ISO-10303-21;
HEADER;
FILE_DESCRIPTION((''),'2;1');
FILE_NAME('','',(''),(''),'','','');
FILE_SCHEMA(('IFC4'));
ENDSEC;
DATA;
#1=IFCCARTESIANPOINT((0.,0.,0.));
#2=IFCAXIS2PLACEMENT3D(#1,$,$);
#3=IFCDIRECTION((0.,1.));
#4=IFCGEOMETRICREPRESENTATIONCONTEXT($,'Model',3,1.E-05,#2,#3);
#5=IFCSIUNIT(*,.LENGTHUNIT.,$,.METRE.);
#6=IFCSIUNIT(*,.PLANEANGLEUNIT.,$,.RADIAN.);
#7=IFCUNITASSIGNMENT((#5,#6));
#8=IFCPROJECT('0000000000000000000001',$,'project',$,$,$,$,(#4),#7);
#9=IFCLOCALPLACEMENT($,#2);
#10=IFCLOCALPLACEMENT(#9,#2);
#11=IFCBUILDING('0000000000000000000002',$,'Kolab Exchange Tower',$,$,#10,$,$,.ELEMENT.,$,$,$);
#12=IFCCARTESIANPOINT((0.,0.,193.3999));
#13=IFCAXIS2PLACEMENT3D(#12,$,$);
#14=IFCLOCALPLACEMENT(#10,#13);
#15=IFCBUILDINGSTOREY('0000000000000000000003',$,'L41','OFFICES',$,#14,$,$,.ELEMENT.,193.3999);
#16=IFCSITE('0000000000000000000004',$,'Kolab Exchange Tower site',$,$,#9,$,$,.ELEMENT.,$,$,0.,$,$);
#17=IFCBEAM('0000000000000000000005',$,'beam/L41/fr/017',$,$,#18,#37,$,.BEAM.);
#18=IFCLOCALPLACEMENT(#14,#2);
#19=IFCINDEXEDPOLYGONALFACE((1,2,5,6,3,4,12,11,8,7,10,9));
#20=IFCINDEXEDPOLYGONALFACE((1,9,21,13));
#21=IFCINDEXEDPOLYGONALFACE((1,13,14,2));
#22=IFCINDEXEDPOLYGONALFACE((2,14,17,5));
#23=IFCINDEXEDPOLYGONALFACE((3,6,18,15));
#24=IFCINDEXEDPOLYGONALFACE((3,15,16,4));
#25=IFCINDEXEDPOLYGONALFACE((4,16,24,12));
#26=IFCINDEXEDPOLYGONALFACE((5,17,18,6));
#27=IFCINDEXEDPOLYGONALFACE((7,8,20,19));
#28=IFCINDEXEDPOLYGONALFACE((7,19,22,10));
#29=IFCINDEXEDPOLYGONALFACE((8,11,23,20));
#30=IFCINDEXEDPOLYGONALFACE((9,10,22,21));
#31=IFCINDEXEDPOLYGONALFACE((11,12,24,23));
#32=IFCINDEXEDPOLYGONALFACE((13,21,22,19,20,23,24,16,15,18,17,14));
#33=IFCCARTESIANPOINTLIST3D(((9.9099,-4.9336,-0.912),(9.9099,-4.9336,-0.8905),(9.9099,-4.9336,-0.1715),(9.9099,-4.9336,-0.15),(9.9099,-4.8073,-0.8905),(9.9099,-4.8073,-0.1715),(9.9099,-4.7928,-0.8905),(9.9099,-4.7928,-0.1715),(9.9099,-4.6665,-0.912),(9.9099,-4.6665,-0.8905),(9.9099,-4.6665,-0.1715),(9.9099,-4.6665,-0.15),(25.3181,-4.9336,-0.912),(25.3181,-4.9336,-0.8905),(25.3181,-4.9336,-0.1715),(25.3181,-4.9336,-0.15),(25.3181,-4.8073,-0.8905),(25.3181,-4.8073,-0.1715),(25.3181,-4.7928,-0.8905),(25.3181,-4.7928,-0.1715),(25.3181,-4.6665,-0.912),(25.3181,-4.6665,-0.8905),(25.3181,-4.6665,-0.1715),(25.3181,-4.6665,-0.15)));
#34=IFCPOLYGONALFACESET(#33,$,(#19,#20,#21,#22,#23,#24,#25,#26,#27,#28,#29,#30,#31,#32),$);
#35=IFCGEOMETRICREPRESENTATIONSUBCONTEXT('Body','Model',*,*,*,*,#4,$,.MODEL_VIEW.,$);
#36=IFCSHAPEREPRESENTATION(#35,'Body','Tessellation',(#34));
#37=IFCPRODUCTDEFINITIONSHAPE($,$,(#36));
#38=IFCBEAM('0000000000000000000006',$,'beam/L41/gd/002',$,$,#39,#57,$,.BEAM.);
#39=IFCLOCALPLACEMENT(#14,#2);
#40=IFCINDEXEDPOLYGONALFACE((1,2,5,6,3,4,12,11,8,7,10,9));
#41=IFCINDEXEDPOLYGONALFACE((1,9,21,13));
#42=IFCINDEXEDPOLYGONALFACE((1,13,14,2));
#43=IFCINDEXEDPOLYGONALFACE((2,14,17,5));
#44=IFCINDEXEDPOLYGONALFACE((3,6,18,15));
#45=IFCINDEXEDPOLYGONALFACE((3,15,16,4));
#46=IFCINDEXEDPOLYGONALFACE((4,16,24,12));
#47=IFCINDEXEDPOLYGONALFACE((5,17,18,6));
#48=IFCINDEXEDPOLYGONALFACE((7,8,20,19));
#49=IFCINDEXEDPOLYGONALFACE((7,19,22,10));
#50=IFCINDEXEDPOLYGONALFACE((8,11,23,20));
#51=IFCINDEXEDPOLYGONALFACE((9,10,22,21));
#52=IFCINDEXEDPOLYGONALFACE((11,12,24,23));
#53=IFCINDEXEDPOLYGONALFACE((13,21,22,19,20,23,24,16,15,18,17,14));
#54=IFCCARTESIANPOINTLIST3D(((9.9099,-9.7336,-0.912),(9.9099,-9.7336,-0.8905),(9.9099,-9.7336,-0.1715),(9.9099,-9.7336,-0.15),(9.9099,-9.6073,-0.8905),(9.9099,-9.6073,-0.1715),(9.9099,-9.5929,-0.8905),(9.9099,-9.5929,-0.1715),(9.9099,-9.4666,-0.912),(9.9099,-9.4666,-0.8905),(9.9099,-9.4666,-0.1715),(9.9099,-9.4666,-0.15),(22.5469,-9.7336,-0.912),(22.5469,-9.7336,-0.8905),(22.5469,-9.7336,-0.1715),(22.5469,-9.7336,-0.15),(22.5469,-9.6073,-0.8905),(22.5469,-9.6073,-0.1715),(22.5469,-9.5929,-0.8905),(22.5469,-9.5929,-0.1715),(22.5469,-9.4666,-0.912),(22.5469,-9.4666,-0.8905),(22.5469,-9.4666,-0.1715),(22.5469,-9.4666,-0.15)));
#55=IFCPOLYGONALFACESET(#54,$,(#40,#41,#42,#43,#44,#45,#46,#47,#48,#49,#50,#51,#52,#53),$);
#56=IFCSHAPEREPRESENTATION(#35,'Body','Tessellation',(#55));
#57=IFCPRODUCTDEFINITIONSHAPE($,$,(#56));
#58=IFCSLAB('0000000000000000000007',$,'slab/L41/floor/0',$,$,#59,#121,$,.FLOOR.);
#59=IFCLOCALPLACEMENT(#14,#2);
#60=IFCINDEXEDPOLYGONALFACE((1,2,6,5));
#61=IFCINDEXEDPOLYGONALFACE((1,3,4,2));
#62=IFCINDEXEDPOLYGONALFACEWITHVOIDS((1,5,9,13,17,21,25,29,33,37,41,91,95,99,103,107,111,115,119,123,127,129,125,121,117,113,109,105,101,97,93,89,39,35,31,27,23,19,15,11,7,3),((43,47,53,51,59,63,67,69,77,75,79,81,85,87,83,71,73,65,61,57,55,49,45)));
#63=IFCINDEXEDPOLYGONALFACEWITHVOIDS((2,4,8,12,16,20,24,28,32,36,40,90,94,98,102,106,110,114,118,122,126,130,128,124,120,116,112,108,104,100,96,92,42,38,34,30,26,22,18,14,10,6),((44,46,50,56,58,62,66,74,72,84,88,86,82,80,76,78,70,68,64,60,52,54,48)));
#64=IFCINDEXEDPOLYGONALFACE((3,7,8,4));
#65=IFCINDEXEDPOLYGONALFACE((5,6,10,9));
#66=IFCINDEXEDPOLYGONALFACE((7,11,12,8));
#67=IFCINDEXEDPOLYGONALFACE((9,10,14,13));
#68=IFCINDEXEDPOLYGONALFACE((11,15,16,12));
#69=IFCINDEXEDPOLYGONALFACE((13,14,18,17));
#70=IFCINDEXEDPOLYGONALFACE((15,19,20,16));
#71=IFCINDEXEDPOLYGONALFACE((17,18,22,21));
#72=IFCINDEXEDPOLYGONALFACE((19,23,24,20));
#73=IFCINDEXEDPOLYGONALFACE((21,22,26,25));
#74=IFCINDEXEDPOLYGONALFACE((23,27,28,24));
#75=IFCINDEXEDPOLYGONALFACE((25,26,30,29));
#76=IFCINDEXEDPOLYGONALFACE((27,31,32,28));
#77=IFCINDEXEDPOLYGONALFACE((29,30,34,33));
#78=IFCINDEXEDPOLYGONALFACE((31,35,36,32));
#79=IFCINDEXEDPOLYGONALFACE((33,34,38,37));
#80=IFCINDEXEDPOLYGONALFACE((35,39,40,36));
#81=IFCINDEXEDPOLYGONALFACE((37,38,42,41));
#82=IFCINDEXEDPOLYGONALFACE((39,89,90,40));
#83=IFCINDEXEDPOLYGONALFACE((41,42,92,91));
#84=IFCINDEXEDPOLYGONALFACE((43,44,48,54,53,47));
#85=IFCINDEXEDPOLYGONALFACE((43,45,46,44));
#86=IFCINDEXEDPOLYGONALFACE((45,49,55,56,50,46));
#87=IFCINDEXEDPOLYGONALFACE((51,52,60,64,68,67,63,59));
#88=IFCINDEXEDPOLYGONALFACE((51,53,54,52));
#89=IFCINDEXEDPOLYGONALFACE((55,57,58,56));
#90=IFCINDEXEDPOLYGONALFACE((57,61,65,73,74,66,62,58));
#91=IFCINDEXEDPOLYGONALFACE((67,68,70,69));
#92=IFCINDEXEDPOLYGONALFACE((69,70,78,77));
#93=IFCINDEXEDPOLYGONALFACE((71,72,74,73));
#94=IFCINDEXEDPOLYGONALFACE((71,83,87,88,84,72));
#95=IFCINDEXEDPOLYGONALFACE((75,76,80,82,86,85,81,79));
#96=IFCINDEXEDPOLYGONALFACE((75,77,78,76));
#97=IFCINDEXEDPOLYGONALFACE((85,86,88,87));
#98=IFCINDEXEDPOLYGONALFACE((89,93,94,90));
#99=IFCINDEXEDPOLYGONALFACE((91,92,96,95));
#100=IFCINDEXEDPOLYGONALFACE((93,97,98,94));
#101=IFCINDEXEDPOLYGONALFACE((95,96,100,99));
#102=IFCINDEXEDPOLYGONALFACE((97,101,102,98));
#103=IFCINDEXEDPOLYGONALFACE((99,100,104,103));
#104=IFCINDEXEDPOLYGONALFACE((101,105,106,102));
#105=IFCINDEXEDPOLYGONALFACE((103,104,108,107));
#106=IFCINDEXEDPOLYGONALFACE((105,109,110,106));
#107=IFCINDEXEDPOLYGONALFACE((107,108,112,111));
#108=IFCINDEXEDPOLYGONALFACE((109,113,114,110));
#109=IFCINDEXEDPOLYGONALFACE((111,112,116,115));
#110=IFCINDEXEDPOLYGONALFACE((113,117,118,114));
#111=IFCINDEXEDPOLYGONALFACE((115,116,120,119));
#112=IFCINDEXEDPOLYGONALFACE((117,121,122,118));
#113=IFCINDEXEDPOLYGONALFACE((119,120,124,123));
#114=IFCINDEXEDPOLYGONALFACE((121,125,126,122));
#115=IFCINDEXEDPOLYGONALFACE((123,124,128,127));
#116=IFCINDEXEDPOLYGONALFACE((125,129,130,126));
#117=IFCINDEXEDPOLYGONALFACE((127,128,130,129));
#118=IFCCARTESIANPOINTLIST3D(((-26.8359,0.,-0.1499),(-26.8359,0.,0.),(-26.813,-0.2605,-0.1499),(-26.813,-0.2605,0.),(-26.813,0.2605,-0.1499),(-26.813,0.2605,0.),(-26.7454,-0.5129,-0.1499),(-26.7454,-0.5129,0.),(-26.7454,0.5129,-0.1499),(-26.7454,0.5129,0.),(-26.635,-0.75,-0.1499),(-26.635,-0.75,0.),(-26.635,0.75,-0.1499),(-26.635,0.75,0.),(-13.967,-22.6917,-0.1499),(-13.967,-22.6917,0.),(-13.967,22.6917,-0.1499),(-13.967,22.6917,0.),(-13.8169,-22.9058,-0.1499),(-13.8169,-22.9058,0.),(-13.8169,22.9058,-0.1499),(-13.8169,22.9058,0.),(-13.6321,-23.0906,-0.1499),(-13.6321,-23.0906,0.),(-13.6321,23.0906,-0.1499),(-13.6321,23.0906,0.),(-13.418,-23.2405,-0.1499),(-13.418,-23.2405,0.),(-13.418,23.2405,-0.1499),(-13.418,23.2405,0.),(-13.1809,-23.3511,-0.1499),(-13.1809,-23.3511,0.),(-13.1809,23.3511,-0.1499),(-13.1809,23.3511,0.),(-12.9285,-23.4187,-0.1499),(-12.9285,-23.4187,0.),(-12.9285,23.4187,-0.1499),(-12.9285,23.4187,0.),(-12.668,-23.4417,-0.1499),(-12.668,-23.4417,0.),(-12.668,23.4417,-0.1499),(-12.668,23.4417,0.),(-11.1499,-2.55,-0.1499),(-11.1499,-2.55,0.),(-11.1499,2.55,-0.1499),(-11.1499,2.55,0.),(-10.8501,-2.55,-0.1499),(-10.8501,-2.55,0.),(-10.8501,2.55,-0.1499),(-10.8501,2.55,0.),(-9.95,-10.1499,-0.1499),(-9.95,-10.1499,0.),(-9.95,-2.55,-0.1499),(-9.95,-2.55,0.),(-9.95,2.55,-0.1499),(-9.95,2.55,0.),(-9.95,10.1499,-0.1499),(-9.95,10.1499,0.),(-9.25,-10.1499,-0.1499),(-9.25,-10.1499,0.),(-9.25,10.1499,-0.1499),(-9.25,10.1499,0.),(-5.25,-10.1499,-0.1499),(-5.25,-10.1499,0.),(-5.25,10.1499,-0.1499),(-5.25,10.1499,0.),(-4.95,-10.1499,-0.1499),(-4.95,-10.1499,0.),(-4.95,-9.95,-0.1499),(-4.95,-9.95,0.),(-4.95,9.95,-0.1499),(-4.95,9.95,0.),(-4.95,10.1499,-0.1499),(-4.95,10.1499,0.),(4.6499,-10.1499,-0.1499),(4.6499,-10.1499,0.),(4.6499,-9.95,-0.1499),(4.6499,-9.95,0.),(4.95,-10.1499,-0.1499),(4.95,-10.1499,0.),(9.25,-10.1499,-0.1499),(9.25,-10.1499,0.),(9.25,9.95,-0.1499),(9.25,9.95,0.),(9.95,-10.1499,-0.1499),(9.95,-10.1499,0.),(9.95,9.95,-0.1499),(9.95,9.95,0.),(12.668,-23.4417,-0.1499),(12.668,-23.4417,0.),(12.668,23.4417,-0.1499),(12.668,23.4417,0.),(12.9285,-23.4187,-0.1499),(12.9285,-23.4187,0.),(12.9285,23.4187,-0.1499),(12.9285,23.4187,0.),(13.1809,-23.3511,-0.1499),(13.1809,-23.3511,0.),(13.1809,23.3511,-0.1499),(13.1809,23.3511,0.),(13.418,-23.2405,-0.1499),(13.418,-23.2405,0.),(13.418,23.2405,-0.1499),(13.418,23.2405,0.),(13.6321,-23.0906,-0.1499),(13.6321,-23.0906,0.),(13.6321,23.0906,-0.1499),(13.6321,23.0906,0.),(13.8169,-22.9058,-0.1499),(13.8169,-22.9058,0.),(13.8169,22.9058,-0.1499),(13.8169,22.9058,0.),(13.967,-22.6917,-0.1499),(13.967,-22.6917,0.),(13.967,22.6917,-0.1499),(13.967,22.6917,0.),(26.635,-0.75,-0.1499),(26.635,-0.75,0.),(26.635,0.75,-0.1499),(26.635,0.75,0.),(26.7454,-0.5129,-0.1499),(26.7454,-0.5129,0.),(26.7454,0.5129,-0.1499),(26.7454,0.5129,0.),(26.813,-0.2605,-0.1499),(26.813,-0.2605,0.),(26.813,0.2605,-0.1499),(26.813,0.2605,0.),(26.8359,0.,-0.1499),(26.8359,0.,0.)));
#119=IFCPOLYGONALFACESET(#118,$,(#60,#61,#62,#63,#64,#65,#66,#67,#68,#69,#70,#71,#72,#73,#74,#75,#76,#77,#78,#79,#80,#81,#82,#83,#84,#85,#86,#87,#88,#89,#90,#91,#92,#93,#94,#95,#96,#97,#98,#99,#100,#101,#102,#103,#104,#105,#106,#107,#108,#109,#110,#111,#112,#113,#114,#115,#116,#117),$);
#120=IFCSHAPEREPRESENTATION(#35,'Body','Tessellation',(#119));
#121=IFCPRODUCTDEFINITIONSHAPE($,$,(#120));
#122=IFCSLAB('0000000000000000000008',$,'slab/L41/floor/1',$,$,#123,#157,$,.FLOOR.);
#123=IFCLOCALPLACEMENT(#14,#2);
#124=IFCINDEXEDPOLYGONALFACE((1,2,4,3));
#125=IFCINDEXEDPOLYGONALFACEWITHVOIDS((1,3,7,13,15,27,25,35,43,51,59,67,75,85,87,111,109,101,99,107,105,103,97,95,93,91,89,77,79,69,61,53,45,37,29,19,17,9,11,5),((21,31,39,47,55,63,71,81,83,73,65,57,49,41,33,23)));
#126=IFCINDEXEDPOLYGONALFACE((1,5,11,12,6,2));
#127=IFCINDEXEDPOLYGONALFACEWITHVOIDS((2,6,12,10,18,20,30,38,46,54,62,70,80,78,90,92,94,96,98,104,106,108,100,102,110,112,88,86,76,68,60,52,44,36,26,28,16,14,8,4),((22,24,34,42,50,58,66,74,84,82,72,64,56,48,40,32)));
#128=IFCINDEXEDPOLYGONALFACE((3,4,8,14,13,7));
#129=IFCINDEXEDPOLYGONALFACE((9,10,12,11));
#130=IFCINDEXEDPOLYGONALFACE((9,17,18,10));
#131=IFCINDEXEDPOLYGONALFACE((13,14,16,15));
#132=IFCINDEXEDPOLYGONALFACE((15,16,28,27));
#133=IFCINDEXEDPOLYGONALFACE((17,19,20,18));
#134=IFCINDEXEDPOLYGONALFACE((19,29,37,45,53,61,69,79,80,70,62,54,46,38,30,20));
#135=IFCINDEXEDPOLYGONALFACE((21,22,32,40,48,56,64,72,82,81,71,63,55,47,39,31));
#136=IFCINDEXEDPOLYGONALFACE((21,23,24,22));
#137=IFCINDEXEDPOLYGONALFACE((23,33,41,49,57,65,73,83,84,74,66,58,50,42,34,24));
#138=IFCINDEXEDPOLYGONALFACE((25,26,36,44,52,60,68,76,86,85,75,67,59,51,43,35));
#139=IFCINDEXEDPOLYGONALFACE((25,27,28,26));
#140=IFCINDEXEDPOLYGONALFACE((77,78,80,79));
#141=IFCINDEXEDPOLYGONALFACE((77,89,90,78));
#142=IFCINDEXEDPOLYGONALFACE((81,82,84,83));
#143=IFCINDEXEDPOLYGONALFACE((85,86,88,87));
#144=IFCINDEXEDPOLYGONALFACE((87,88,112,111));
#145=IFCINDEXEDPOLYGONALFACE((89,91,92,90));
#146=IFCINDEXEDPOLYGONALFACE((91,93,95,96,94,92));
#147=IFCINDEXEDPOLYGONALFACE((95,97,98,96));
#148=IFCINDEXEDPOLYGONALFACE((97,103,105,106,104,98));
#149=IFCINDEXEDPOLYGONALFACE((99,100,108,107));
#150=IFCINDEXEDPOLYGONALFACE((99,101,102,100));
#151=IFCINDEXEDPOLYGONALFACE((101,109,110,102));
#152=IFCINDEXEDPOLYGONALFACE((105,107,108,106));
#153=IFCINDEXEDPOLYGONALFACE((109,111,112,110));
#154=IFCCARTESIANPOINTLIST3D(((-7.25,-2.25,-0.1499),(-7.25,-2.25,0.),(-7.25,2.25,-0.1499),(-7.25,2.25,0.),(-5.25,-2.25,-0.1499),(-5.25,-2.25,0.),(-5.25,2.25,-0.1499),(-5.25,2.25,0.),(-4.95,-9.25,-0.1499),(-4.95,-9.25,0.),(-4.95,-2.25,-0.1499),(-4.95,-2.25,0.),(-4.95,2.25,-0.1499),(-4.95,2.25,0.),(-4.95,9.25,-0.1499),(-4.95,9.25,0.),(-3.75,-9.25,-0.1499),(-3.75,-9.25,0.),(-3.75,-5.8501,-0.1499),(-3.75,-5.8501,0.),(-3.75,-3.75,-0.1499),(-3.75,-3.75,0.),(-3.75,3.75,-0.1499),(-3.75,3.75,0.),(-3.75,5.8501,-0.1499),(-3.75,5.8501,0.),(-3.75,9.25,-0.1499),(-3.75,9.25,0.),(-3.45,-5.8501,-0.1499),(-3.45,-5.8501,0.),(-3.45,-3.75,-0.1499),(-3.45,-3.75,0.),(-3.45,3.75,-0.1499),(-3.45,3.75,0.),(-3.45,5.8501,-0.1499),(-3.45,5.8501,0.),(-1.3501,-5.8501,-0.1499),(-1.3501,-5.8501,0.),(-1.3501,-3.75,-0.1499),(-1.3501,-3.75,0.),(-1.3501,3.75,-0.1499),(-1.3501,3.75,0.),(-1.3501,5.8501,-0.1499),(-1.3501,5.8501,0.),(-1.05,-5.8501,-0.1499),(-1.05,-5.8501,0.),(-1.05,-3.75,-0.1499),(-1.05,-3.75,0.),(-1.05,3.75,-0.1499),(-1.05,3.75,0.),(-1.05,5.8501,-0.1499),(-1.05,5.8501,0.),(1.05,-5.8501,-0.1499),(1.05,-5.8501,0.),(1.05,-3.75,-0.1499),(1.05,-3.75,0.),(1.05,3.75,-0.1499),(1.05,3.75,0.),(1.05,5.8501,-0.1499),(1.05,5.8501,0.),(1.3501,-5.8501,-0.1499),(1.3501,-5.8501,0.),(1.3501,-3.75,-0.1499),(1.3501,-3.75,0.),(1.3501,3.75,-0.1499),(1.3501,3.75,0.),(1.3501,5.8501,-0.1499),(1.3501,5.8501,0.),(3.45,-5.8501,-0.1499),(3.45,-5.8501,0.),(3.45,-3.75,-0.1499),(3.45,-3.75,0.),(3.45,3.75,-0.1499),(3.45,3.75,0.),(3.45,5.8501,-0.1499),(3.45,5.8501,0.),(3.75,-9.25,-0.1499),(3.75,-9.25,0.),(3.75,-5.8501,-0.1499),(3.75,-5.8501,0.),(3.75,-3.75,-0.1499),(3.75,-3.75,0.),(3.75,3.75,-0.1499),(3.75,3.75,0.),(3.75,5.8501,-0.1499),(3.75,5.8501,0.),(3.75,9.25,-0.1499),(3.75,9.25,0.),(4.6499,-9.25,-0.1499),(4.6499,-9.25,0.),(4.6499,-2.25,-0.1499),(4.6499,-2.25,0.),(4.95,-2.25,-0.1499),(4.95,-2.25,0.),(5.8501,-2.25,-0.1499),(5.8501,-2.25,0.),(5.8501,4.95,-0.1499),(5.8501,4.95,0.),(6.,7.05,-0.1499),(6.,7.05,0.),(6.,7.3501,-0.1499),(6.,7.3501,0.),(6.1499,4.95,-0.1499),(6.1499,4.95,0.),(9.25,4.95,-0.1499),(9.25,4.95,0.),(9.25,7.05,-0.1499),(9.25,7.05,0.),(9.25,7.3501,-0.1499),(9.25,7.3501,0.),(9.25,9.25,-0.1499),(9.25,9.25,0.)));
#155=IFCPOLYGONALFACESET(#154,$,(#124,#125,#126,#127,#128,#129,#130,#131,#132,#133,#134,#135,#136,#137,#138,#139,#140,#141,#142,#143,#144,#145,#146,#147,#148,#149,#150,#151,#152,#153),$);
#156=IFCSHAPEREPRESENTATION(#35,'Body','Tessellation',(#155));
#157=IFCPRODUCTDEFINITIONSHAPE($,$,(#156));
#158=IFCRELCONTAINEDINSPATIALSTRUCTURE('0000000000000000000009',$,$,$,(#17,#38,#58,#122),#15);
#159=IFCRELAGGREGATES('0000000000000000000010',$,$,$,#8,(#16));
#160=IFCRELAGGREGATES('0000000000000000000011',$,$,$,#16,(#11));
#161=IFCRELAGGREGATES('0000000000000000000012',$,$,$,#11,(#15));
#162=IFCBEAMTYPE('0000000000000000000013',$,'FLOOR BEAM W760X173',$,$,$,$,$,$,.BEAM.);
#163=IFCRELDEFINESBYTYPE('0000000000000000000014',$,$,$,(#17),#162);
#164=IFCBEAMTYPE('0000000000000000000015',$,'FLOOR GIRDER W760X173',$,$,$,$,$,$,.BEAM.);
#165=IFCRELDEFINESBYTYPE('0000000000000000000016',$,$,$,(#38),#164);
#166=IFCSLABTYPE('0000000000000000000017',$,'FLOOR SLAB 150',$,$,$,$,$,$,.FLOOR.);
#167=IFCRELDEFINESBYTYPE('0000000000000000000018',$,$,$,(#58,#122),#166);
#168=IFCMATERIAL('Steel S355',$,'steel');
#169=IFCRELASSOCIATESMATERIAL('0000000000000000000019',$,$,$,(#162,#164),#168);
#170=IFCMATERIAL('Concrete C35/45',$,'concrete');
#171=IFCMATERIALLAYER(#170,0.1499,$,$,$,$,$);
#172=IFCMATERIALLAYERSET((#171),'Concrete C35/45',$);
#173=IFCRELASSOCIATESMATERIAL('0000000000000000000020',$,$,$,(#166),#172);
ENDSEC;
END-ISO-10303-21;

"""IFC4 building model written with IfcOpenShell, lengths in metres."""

from ifc_helpers import new_model, si_unit, direction, frame, origin, origin_2d, place, context, subcontext, project, spatial, polyline, i_section, outline, extrude, material, layer, layer_set, material_profile, profile_set, type_object, element, save


model = new_model("IFC4")

# Units and contexts
model_context = context("Model", 3, precision=1e-05, world=origin(), true_north=direction((0.0, 1.0)))
body_context = subcontext(model_context, "Body", "Model", "MODEL_VIEW")
ifc_project = project(units=[si_unit("LENGTHUNIT", "METRE"), si_unit("PLANEANGLEUNIT", "RADIAN")], contexts=[model_context])

# Site, building, storey
site_placement = place(None, origin())
site = spatial("IfcSite", under=ifc_project, at=site_placement, Name="Kolab Exchange Tower site", CompositionType="ELEMENT", RefElevation=0.0)
building_placement = place(site_placement, origin())
building = spatial("IfcBuilding", under=site, at=building_placement, Name="Kolab Exchange Tower", CompositionType="ELEMENT")
storey_placement = place(building_placement, frame((0.0, 0.0, 193.3999)))
storey = spatial("IfcBuildingStorey", under=building, at=storey_placement, Name="L41", Description="OFFICES", CompositionType="ELEMENT", Elevation=193.3999)

# Beams
ifc_material_1 = material(Name="Steel S355", Category="steel")
ifc_material_profile_1 = material_profile(ifc_material_1, i_section(OverallWidth=0.2671, OverallDepth=0.762, WebThickness=0.0144, FlangeThickness=0.0215, at=origin_2d()), Name="W760X173")
ifc_profile_set_1 = profile_set([ifc_material_profile_1], Name="Steel S355")
beam_type_1 = type_object("IfcBeamType", Name="FLOOR BEAM W760X173", PredefinedType="BEAM", material=ifc_profile_set_1)
beam_1_placement = place(storey_placement, frame((9.9099, -4.8, -0.531), z_axis=(1.0, 0.0, 0.0), x_axis=(0.0, 1.0, 0.0)))
element("IfcBeam", 1, at=beam_1_placement, inside=storey, type_object=beam_type_1, Name="beam/L41/fr/017", PredefinedType="BEAM", context=body_context, shape_type="SweptSolid", body=[
    extrude(i_section(OverallWidth=0.2671, OverallDepth=0.762, WebThickness=0.0144, FlangeThickness=0.0215, at=origin_2d()), origin(), (0.0, 0.0, 1.0), 15.4082),
])
ifc_material_profile_2 = material_profile(ifc_material_1, i_section(OverallWidth=0.2671, OverallDepth=0.762, WebThickness=0.0144, FlangeThickness=0.0215, at=origin_2d()), Name="W760X173")
ifc_profile_set_2 = profile_set([ifc_material_profile_2], Name="Steel S355")
beam_type_2 = type_object("IfcBeamType", Name="FLOOR GIRDER W760X173", PredefinedType="BEAM", material=ifc_profile_set_2)
beam_2_placement = place(storey_placement, frame((9.9099, -9.6001, -0.531), z_axis=(1.0, 0.0, 0.0), x_axis=(0.0, 1.0, 0.0)))
element("IfcBeam", 2, at=beam_2_placement, inside=storey, type_object=beam_type_2, Name="beam/L41/gd/002", PredefinedType="BEAM", context=body_context, shape_type="SweptSolid", body=[
    extrude(i_section(OverallWidth=0.2671, OverallDepth=0.762, WebThickness=0.0144, FlangeThickness=0.0215, at=origin_2d()), origin(), (0.0, 0.0, 1.0), 12.637),
])

# Slabs
ifc_material_2 = material(Name="Concrete C35/45", Category="concrete")
ifc_layer_1 = layer(ifc_material_2, 0.1499)
ifc_layer_set_1 = layer_set([ifc_layer_1], Name="Concrete C35/45")
slab_type_1 = type_object("IfcSlabType", Name="FLOOR SLAB 150", PredefinedType="FLOOR", material=ifc_layer_set_1)
slab_1_placement = place(storey_placement, frame((0.0, 0.0, -0.1499)))
element("IfcSlab", 3, at=slab_1_placement, inside=storey, type_object=slab_type_1, Name="slab/L41/floor/0", PredefinedType="FLOOR", context=body_context, shape_type="SweptSolid", body=[
    extrude(outline(polyline([(13.967, -22.6917), (26.635, -0.75), (26.7454, -0.5129), (26.813, -0.2605), (26.8359, 0.0), (26.813, 0.2605), (26.7454, 0.5129), (26.635, 0.75), (13.967, 22.6917), (13.8169, 22.9058), (13.6321, 23.0906), (13.418, 23.2405), (13.1809, 23.3511), (12.9285, 23.4187), (12.668, 23.4417), (-12.668, 23.4417), (-12.9285, 23.4187), (-13.1809, 23.3511), (-13.418, 23.2405), (-13.6321, 23.0906), (-13.8169, 22.9058), (-13.967, 22.6917), (-26.635, 0.75), (-26.7454, 0.5129), (-26.813, 0.2605), (-26.8359, 0.0), (-26.813, -0.2605), (-26.7454, -0.5129), (-26.635, -0.75), (-13.967, -22.6917), (-13.8169, -22.9058), (-13.6321, -23.0906), (-13.418, -23.2405), (-13.1809, -23.3511), (-12.9285, -23.4187), (-12.668, -23.4417), (12.668, -23.4417), (12.9285, -23.4187), (13.1809, -23.3511), (13.418, -23.2405), (13.6321, -23.0906), (13.8169, -22.9058), (13.967, -22.6917)]), holes=[polyline([(-9.25, -10.1499), (-9.95, -10.1499), (-9.95, -2.55), (-10.8501, -2.55), (-11.1499, -2.55), (-11.1499, 2.55), (-10.8501, 2.55), (-9.95, 2.55), (-9.95, 10.1499), (-9.25, 10.1499), (-5.25, 10.1499), (-4.95, 10.1499), (-4.95, 9.95), (9.25, 9.95), (9.95, 9.95), (9.95, -10.1499), (9.25, -10.1499), (4.95, -10.1499), (4.6499, -10.1499), (4.6499, -9.95), (-4.95, -9.95), (-4.95, -10.1499), (-5.25, -10.1499), (-9.25, -10.1499)])]), origin(), (0.0, 0.0, 1.0), 0.1499),
])
slab_2_placement = place(storey_placement, frame((0.0, 0.0, -0.1499)))
element("IfcSlab", 4, at=slab_2_placement, inside=storey, type_object=slab_type_1, Name="slab/L41/floor/1", PredefinedType="FLOOR", context=body_context, shape_type="SweptSolid", body=[
    extrude(outline(polyline([(-4.95, 9.25), (-4.95, 2.25), (-5.25, 2.25), (-7.25, 2.25), (-7.25, -2.25), (-5.25, -2.25), (-4.95, -2.25), (-4.95, -9.25), (-3.75, -9.25), (-3.75, -5.8501), (-3.45, -5.8501), (-1.3501, -5.8501), (-1.05, -5.8501), (1.05, -5.8501), (1.3501, -5.8501), (3.45, -5.8501), (3.75, -5.8501), (3.75, -9.25), (4.6499, -9.25), (4.6499, -2.25), (4.95, -2.25), (5.8501, -2.25), (5.8501, 4.95), (6.1499, 4.95), (9.25, 4.95), (9.25, 7.05), (6.0, 7.05), (6.0, 7.3501), (9.25, 7.3501), (9.25, 9.25), (3.75, 9.25), (3.75, 5.8501), (3.45, 5.8501), (1.3501, 5.8501), (1.05, 5.8501), (-1.05, 5.8501), (-1.3501, 5.8501), (-3.45, 5.8501), (-3.75, 5.8501), (-3.75, 9.25), (-4.95, 9.25)]), holes=[polyline([(-3.45, -3.75), (-3.75, -3.75), (-3.75, 3.75), (-3.45, 3.75), (-1.3501, 3.75), (-1.05, 3.75), (1.05, 3.75), (1.3501, 3.75), (3.45, 3.75), (3.75, 3.75), (3.75, -3.75), (3.45, -3.75), (1.3501, -3.75), (1.05, -3.75), (-1.05, -3.75), (-1.3501, -3.75), (-3.45, -3.75)])]), origin(), (0.0, 0.0, 1.0), 0.1499),
])

save(model, "model.ifc")
